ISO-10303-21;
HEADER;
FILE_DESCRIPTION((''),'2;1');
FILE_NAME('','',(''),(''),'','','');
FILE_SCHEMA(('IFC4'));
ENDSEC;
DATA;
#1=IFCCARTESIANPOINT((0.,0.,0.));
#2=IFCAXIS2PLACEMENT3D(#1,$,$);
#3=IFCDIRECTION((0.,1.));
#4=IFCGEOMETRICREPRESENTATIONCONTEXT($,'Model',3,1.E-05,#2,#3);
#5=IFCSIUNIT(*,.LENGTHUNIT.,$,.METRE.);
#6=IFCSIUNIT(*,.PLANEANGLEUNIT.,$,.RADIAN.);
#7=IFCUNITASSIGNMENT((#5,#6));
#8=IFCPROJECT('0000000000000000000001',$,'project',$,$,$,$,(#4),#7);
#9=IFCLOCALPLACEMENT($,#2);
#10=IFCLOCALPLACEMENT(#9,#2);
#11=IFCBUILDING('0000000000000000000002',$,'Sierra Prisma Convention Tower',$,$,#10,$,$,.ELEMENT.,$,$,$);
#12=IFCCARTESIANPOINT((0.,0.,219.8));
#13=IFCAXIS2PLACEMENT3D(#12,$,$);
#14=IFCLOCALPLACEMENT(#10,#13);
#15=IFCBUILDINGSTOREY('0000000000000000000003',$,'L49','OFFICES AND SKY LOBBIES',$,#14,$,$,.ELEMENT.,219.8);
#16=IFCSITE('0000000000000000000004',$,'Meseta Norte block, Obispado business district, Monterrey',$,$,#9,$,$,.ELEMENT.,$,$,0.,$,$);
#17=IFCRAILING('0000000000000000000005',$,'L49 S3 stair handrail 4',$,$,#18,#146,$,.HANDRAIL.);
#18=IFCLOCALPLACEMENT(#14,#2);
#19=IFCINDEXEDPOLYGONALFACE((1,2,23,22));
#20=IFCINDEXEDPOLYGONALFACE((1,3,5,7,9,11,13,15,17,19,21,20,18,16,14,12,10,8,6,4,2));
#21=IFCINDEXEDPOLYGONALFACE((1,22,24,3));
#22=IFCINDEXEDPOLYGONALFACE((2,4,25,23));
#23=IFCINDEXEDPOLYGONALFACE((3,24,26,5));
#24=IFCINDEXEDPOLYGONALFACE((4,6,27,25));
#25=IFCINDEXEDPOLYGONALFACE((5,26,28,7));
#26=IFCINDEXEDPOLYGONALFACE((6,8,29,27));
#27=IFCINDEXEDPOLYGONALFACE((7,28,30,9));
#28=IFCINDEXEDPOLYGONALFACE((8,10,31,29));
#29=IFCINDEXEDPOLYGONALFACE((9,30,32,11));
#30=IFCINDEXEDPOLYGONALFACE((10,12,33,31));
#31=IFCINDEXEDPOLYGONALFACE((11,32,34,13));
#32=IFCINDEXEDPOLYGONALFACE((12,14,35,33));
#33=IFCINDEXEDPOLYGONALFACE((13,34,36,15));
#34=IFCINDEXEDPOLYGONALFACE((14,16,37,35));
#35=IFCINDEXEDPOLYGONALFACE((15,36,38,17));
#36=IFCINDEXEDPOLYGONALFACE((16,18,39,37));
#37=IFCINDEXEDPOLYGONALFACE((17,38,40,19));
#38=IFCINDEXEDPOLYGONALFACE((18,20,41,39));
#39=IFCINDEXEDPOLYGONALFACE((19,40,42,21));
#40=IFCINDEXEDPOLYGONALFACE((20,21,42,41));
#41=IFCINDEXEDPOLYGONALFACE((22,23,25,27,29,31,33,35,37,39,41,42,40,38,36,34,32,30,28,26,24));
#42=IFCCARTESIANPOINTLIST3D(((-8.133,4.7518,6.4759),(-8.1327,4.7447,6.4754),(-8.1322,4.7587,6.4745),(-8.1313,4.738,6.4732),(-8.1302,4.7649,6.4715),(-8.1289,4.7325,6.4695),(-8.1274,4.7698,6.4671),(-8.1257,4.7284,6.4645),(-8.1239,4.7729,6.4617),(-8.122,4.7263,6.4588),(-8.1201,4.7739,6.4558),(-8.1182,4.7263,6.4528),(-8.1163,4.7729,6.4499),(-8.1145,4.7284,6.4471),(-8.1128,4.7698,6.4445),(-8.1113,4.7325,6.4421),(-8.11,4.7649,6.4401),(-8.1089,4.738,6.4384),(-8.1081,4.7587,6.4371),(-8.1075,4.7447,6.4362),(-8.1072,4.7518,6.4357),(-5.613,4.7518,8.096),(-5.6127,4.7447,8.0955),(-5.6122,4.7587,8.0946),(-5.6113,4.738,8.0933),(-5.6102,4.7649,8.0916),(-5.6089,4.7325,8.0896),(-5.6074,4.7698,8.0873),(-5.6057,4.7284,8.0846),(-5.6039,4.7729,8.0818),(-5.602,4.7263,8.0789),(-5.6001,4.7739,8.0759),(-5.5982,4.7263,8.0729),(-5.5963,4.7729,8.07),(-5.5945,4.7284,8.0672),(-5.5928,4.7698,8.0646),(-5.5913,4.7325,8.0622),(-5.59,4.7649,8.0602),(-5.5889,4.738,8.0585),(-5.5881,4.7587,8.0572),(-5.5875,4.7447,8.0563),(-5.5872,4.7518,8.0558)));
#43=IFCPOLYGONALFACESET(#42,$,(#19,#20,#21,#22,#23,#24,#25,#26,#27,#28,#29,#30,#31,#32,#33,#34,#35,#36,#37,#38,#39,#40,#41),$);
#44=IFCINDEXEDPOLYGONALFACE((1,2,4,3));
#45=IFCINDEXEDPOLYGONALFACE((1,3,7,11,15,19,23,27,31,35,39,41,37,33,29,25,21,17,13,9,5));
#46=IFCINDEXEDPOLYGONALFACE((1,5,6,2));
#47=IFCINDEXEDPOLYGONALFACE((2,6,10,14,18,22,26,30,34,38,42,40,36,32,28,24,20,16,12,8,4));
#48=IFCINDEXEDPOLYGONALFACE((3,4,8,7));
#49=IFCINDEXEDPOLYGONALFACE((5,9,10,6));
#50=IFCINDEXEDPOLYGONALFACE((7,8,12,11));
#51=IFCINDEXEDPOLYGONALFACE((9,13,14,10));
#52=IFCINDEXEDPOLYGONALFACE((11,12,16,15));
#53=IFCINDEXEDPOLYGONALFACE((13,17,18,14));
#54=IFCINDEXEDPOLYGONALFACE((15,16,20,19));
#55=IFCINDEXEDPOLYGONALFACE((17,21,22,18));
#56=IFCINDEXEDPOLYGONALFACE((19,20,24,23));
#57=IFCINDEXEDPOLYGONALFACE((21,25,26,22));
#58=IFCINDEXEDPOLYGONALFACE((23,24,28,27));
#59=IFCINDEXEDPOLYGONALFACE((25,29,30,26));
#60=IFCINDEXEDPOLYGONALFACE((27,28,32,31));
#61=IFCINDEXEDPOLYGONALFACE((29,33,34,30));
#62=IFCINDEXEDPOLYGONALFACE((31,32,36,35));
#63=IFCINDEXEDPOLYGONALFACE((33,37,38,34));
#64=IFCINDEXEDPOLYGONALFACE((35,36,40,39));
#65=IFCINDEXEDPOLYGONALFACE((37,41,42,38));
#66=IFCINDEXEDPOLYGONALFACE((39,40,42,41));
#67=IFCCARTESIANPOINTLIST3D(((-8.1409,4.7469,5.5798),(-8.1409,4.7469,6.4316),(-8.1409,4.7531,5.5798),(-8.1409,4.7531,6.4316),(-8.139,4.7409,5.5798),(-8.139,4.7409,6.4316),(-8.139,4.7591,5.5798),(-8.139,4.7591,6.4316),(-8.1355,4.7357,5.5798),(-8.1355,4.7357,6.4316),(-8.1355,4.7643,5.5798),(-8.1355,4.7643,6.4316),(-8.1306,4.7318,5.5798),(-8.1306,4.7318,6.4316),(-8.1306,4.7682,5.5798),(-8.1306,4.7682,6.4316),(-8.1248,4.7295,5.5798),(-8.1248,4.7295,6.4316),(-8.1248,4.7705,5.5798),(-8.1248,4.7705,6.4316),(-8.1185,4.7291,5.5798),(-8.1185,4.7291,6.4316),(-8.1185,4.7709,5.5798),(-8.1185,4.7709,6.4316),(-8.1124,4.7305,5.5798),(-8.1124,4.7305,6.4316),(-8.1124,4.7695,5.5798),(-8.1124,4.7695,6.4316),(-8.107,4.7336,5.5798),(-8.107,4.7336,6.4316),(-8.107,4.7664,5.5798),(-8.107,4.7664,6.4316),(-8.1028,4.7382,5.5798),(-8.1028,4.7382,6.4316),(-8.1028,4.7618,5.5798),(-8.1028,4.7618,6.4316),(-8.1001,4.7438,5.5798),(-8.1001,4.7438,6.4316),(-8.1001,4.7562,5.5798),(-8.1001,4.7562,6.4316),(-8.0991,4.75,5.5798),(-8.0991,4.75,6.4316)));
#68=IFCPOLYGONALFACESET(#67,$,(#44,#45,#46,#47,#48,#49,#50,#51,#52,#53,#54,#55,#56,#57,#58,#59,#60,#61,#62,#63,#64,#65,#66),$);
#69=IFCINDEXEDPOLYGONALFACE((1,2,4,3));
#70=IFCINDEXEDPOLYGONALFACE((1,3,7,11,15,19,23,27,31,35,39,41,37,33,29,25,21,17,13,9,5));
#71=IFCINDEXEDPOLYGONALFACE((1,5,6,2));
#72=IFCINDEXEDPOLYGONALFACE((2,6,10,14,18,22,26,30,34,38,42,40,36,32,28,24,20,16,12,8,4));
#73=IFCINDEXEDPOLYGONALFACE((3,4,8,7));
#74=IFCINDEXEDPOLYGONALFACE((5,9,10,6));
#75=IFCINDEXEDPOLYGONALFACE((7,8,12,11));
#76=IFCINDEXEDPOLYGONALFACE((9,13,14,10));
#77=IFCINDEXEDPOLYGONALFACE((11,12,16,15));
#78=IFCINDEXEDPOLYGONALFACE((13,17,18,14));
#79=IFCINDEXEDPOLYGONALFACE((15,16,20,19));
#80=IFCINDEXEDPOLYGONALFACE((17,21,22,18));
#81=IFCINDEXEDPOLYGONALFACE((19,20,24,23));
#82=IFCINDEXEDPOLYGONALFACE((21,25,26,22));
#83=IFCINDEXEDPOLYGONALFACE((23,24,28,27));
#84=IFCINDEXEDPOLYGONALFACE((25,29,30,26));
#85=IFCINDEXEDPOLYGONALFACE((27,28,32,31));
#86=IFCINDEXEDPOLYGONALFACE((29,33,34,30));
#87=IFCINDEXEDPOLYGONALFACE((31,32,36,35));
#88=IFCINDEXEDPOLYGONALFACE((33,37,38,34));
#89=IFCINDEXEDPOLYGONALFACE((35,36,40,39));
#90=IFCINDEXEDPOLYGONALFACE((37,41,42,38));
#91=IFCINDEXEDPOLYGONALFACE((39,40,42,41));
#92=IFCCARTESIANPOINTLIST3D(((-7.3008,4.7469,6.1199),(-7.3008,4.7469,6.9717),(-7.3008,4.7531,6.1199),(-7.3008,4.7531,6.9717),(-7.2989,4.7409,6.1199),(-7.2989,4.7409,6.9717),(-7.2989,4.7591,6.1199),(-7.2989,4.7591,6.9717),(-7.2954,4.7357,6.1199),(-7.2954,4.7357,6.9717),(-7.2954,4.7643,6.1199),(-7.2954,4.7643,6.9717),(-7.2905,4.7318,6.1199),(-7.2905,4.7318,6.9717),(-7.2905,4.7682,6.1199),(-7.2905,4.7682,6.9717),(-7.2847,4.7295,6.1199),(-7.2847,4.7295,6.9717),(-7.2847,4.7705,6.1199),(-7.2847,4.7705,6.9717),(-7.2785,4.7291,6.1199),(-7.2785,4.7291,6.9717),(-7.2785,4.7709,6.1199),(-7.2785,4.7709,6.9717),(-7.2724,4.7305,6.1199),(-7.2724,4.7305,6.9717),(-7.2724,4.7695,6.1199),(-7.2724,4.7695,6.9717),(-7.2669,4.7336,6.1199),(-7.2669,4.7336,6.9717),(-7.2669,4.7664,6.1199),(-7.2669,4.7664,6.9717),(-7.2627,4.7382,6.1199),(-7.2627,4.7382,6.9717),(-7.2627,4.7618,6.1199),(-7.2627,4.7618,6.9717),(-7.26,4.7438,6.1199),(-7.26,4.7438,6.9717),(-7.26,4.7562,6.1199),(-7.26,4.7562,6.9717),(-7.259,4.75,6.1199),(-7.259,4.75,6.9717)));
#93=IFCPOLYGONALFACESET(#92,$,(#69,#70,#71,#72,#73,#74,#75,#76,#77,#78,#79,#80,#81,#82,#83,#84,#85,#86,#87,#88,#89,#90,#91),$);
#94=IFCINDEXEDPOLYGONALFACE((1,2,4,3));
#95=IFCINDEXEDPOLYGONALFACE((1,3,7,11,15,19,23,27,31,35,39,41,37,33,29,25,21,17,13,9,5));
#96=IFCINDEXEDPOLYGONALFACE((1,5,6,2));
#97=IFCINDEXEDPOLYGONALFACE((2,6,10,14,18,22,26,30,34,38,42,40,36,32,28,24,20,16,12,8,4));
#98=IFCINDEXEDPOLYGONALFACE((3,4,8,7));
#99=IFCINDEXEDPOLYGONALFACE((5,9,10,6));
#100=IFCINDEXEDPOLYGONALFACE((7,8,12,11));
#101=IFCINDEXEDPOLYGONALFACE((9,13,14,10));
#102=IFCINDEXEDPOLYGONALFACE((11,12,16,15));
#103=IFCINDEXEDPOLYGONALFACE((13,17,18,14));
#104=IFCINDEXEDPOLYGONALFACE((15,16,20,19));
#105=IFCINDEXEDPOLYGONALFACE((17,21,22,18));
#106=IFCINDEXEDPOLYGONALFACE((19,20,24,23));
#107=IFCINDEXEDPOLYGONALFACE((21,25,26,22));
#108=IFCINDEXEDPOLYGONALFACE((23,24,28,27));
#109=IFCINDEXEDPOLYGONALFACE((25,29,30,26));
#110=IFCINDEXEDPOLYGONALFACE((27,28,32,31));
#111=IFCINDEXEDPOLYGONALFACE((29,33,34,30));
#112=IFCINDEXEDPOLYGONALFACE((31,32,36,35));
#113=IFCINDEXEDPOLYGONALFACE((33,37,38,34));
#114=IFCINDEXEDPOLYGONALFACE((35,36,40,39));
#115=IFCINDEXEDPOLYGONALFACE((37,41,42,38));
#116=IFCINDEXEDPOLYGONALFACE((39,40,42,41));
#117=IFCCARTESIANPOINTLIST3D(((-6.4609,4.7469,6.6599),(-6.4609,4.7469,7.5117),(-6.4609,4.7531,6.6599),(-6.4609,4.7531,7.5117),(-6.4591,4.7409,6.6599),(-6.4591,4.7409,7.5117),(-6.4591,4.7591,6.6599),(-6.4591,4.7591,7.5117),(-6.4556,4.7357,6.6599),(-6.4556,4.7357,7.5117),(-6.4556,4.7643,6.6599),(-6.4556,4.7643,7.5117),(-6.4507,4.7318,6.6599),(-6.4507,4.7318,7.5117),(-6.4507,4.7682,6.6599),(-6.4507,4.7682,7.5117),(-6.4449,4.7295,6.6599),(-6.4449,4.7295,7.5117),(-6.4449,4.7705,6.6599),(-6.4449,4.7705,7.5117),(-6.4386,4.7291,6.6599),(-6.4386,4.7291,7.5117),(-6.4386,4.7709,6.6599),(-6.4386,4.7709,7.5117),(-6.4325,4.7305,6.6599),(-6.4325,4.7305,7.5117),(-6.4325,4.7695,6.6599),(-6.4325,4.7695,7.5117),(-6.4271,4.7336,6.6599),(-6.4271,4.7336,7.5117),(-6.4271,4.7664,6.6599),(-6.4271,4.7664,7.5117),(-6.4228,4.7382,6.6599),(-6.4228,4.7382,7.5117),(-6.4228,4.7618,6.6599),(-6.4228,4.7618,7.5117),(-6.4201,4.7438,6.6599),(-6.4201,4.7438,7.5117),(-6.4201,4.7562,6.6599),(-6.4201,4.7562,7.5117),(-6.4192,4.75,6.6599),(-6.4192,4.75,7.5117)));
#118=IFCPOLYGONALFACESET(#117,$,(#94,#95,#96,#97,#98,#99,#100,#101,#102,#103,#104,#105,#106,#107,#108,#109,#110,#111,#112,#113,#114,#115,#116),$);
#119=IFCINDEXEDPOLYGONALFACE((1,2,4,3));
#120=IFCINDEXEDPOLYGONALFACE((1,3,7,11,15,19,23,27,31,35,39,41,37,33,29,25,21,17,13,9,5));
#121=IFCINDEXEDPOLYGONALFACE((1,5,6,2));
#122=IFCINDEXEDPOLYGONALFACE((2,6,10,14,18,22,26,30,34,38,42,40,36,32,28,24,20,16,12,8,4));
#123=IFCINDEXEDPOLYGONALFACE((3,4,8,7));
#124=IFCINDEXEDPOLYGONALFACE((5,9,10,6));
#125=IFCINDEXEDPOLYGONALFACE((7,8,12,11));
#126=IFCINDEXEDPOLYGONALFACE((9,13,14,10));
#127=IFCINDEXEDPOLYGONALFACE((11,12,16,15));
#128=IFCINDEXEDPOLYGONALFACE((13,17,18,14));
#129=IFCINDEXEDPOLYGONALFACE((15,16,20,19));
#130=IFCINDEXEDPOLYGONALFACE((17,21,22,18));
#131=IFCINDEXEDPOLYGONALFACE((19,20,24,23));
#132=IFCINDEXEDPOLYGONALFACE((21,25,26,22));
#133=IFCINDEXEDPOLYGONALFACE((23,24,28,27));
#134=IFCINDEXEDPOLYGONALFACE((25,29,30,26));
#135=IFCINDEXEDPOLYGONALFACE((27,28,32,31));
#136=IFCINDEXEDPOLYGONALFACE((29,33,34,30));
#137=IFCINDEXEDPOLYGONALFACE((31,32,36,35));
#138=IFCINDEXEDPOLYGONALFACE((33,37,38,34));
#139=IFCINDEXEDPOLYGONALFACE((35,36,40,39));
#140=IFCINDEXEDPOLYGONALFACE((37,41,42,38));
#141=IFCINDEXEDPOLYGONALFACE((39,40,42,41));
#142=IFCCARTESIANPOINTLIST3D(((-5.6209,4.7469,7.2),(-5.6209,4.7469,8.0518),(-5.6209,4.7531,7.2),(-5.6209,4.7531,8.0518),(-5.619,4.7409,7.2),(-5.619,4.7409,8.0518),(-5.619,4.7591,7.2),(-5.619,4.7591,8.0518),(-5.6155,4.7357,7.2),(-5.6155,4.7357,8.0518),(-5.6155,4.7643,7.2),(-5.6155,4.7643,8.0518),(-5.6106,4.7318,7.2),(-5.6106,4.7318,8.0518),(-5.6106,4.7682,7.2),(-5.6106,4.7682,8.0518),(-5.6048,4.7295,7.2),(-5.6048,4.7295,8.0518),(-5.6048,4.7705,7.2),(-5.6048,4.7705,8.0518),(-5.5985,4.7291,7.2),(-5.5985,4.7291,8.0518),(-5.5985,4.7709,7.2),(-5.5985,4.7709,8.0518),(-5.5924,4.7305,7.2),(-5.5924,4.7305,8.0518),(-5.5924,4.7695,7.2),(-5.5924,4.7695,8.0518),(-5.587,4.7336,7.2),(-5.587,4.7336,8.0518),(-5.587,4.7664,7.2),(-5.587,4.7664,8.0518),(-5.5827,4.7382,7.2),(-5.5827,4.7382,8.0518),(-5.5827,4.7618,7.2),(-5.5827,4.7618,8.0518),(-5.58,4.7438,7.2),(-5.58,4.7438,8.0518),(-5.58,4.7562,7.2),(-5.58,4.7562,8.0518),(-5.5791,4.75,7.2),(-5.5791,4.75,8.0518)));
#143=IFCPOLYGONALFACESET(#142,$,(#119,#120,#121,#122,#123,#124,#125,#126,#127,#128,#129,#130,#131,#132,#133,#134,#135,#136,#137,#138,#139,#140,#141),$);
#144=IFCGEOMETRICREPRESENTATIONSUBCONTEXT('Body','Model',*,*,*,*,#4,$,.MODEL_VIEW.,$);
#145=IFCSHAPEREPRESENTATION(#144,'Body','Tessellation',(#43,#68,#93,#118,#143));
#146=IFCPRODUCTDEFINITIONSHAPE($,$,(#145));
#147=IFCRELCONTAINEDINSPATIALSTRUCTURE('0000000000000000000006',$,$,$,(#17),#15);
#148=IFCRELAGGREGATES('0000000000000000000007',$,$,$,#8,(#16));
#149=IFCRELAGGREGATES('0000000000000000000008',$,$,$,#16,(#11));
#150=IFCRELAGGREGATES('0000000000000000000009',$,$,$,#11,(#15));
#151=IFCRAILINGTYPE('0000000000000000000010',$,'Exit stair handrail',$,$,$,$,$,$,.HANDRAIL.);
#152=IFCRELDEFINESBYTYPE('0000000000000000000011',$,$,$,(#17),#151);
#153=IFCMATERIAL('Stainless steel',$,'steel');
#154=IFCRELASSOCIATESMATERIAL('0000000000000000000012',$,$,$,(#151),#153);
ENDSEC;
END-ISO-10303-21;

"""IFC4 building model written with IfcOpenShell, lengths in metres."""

from ifc_helpers import new_model, si_unit, direction, frame, origin, origin_2d, place, context, subcontext, project, spatial, circle, extrude, material, type_object, element, save


model = new_model("IFC4")

# Units and contexts
model_context = context("Model", 3, precision=1e-05, world=origin(), true_north=direction((0.0, 1.0)))
body_context = subcontext(model_context, "Body", "Model", "MODEL_VIEW")
ifc_project = project(units=[si_unit("LENGTHUNIT", "METRE"), si_unit("PLANEANGLEUNIT", "RADIAN")], contexts=[model_context])

# Site, building, storey
site_placement = place(None, origin())
site = spatial("IfcSite", under=ifc_project, at=site_placement, Name="Meseta Norte block, Obispado business district, Monterrey", CompositionType="ELEMENT", RefElevation=0.0)
building_placement = place(site_placement, origin())
building = spatial("IfcBuilding", under=site, at=building_placement, Name="Sierra Prisma Convention Tower", CompositionType="ELEMENT")
storey_placement = place(building_placement, frame((0.0, 0.0, 219.8)))
storey = spatial("IfcBuildingStorey", under=building, at=storey_placement, Name="L49", Description="OFFICES AND SKY LOBBIES", CompositionType="ELEMENT", Elevation=219.8)

# Railing
ifc_material_1 = material(Name="Stainless steel", Category="steel")
railing_type_1 = type_object("IfcRailingType", Name="Exit stair handrail", PredefinedType="HANDRAIL", material=ifc_material_1)
railing_1_placement = place(storey_placement, frame((-8.1201, 4.75, 5.5798)))
element("IfcRailing", 1, at=railing_1_placement, inside=storey, type_object=railing_type_1, Name="L49 S3 stair handrail 4", PredefinedType="HANDRAIL", context=body_context, shape_type="SweptSolid", body=[
    extrude(circle(Radius=0.0239, at=origin_2d()), frame((0.0, 0.0, 0.876), z_axis=(0.841163, 0.0, 0.540782), x_axis=(0.0, 1.0, 0.0)), (0.0, 0.0, 1.0), 2.9958),
    extrude(circle(Radius=0.021, at=origin_2d()), origin(), (0.0, 0.0, 1.0), 0.8518),
    extrude(circle(Radius=0.021, at=origin_2d()), frame((0.8401, 0.0, 0.54)), (0.0, 0.0, 1.0), 0.8518),
    extrude(circle(Radius=0.021, at=origin_2d()), frame((1.6799, 0.0, 1.0801)), (0.0, 0.0, 1.0), 0.8518),
    extrude(circle(Radius=0.021, at=origin_2d()), frame((2.52, 0.0, 1.6201)), (0.0, 0.0, 1.0), 0.8518),
])

save(model, "model.ifc")
